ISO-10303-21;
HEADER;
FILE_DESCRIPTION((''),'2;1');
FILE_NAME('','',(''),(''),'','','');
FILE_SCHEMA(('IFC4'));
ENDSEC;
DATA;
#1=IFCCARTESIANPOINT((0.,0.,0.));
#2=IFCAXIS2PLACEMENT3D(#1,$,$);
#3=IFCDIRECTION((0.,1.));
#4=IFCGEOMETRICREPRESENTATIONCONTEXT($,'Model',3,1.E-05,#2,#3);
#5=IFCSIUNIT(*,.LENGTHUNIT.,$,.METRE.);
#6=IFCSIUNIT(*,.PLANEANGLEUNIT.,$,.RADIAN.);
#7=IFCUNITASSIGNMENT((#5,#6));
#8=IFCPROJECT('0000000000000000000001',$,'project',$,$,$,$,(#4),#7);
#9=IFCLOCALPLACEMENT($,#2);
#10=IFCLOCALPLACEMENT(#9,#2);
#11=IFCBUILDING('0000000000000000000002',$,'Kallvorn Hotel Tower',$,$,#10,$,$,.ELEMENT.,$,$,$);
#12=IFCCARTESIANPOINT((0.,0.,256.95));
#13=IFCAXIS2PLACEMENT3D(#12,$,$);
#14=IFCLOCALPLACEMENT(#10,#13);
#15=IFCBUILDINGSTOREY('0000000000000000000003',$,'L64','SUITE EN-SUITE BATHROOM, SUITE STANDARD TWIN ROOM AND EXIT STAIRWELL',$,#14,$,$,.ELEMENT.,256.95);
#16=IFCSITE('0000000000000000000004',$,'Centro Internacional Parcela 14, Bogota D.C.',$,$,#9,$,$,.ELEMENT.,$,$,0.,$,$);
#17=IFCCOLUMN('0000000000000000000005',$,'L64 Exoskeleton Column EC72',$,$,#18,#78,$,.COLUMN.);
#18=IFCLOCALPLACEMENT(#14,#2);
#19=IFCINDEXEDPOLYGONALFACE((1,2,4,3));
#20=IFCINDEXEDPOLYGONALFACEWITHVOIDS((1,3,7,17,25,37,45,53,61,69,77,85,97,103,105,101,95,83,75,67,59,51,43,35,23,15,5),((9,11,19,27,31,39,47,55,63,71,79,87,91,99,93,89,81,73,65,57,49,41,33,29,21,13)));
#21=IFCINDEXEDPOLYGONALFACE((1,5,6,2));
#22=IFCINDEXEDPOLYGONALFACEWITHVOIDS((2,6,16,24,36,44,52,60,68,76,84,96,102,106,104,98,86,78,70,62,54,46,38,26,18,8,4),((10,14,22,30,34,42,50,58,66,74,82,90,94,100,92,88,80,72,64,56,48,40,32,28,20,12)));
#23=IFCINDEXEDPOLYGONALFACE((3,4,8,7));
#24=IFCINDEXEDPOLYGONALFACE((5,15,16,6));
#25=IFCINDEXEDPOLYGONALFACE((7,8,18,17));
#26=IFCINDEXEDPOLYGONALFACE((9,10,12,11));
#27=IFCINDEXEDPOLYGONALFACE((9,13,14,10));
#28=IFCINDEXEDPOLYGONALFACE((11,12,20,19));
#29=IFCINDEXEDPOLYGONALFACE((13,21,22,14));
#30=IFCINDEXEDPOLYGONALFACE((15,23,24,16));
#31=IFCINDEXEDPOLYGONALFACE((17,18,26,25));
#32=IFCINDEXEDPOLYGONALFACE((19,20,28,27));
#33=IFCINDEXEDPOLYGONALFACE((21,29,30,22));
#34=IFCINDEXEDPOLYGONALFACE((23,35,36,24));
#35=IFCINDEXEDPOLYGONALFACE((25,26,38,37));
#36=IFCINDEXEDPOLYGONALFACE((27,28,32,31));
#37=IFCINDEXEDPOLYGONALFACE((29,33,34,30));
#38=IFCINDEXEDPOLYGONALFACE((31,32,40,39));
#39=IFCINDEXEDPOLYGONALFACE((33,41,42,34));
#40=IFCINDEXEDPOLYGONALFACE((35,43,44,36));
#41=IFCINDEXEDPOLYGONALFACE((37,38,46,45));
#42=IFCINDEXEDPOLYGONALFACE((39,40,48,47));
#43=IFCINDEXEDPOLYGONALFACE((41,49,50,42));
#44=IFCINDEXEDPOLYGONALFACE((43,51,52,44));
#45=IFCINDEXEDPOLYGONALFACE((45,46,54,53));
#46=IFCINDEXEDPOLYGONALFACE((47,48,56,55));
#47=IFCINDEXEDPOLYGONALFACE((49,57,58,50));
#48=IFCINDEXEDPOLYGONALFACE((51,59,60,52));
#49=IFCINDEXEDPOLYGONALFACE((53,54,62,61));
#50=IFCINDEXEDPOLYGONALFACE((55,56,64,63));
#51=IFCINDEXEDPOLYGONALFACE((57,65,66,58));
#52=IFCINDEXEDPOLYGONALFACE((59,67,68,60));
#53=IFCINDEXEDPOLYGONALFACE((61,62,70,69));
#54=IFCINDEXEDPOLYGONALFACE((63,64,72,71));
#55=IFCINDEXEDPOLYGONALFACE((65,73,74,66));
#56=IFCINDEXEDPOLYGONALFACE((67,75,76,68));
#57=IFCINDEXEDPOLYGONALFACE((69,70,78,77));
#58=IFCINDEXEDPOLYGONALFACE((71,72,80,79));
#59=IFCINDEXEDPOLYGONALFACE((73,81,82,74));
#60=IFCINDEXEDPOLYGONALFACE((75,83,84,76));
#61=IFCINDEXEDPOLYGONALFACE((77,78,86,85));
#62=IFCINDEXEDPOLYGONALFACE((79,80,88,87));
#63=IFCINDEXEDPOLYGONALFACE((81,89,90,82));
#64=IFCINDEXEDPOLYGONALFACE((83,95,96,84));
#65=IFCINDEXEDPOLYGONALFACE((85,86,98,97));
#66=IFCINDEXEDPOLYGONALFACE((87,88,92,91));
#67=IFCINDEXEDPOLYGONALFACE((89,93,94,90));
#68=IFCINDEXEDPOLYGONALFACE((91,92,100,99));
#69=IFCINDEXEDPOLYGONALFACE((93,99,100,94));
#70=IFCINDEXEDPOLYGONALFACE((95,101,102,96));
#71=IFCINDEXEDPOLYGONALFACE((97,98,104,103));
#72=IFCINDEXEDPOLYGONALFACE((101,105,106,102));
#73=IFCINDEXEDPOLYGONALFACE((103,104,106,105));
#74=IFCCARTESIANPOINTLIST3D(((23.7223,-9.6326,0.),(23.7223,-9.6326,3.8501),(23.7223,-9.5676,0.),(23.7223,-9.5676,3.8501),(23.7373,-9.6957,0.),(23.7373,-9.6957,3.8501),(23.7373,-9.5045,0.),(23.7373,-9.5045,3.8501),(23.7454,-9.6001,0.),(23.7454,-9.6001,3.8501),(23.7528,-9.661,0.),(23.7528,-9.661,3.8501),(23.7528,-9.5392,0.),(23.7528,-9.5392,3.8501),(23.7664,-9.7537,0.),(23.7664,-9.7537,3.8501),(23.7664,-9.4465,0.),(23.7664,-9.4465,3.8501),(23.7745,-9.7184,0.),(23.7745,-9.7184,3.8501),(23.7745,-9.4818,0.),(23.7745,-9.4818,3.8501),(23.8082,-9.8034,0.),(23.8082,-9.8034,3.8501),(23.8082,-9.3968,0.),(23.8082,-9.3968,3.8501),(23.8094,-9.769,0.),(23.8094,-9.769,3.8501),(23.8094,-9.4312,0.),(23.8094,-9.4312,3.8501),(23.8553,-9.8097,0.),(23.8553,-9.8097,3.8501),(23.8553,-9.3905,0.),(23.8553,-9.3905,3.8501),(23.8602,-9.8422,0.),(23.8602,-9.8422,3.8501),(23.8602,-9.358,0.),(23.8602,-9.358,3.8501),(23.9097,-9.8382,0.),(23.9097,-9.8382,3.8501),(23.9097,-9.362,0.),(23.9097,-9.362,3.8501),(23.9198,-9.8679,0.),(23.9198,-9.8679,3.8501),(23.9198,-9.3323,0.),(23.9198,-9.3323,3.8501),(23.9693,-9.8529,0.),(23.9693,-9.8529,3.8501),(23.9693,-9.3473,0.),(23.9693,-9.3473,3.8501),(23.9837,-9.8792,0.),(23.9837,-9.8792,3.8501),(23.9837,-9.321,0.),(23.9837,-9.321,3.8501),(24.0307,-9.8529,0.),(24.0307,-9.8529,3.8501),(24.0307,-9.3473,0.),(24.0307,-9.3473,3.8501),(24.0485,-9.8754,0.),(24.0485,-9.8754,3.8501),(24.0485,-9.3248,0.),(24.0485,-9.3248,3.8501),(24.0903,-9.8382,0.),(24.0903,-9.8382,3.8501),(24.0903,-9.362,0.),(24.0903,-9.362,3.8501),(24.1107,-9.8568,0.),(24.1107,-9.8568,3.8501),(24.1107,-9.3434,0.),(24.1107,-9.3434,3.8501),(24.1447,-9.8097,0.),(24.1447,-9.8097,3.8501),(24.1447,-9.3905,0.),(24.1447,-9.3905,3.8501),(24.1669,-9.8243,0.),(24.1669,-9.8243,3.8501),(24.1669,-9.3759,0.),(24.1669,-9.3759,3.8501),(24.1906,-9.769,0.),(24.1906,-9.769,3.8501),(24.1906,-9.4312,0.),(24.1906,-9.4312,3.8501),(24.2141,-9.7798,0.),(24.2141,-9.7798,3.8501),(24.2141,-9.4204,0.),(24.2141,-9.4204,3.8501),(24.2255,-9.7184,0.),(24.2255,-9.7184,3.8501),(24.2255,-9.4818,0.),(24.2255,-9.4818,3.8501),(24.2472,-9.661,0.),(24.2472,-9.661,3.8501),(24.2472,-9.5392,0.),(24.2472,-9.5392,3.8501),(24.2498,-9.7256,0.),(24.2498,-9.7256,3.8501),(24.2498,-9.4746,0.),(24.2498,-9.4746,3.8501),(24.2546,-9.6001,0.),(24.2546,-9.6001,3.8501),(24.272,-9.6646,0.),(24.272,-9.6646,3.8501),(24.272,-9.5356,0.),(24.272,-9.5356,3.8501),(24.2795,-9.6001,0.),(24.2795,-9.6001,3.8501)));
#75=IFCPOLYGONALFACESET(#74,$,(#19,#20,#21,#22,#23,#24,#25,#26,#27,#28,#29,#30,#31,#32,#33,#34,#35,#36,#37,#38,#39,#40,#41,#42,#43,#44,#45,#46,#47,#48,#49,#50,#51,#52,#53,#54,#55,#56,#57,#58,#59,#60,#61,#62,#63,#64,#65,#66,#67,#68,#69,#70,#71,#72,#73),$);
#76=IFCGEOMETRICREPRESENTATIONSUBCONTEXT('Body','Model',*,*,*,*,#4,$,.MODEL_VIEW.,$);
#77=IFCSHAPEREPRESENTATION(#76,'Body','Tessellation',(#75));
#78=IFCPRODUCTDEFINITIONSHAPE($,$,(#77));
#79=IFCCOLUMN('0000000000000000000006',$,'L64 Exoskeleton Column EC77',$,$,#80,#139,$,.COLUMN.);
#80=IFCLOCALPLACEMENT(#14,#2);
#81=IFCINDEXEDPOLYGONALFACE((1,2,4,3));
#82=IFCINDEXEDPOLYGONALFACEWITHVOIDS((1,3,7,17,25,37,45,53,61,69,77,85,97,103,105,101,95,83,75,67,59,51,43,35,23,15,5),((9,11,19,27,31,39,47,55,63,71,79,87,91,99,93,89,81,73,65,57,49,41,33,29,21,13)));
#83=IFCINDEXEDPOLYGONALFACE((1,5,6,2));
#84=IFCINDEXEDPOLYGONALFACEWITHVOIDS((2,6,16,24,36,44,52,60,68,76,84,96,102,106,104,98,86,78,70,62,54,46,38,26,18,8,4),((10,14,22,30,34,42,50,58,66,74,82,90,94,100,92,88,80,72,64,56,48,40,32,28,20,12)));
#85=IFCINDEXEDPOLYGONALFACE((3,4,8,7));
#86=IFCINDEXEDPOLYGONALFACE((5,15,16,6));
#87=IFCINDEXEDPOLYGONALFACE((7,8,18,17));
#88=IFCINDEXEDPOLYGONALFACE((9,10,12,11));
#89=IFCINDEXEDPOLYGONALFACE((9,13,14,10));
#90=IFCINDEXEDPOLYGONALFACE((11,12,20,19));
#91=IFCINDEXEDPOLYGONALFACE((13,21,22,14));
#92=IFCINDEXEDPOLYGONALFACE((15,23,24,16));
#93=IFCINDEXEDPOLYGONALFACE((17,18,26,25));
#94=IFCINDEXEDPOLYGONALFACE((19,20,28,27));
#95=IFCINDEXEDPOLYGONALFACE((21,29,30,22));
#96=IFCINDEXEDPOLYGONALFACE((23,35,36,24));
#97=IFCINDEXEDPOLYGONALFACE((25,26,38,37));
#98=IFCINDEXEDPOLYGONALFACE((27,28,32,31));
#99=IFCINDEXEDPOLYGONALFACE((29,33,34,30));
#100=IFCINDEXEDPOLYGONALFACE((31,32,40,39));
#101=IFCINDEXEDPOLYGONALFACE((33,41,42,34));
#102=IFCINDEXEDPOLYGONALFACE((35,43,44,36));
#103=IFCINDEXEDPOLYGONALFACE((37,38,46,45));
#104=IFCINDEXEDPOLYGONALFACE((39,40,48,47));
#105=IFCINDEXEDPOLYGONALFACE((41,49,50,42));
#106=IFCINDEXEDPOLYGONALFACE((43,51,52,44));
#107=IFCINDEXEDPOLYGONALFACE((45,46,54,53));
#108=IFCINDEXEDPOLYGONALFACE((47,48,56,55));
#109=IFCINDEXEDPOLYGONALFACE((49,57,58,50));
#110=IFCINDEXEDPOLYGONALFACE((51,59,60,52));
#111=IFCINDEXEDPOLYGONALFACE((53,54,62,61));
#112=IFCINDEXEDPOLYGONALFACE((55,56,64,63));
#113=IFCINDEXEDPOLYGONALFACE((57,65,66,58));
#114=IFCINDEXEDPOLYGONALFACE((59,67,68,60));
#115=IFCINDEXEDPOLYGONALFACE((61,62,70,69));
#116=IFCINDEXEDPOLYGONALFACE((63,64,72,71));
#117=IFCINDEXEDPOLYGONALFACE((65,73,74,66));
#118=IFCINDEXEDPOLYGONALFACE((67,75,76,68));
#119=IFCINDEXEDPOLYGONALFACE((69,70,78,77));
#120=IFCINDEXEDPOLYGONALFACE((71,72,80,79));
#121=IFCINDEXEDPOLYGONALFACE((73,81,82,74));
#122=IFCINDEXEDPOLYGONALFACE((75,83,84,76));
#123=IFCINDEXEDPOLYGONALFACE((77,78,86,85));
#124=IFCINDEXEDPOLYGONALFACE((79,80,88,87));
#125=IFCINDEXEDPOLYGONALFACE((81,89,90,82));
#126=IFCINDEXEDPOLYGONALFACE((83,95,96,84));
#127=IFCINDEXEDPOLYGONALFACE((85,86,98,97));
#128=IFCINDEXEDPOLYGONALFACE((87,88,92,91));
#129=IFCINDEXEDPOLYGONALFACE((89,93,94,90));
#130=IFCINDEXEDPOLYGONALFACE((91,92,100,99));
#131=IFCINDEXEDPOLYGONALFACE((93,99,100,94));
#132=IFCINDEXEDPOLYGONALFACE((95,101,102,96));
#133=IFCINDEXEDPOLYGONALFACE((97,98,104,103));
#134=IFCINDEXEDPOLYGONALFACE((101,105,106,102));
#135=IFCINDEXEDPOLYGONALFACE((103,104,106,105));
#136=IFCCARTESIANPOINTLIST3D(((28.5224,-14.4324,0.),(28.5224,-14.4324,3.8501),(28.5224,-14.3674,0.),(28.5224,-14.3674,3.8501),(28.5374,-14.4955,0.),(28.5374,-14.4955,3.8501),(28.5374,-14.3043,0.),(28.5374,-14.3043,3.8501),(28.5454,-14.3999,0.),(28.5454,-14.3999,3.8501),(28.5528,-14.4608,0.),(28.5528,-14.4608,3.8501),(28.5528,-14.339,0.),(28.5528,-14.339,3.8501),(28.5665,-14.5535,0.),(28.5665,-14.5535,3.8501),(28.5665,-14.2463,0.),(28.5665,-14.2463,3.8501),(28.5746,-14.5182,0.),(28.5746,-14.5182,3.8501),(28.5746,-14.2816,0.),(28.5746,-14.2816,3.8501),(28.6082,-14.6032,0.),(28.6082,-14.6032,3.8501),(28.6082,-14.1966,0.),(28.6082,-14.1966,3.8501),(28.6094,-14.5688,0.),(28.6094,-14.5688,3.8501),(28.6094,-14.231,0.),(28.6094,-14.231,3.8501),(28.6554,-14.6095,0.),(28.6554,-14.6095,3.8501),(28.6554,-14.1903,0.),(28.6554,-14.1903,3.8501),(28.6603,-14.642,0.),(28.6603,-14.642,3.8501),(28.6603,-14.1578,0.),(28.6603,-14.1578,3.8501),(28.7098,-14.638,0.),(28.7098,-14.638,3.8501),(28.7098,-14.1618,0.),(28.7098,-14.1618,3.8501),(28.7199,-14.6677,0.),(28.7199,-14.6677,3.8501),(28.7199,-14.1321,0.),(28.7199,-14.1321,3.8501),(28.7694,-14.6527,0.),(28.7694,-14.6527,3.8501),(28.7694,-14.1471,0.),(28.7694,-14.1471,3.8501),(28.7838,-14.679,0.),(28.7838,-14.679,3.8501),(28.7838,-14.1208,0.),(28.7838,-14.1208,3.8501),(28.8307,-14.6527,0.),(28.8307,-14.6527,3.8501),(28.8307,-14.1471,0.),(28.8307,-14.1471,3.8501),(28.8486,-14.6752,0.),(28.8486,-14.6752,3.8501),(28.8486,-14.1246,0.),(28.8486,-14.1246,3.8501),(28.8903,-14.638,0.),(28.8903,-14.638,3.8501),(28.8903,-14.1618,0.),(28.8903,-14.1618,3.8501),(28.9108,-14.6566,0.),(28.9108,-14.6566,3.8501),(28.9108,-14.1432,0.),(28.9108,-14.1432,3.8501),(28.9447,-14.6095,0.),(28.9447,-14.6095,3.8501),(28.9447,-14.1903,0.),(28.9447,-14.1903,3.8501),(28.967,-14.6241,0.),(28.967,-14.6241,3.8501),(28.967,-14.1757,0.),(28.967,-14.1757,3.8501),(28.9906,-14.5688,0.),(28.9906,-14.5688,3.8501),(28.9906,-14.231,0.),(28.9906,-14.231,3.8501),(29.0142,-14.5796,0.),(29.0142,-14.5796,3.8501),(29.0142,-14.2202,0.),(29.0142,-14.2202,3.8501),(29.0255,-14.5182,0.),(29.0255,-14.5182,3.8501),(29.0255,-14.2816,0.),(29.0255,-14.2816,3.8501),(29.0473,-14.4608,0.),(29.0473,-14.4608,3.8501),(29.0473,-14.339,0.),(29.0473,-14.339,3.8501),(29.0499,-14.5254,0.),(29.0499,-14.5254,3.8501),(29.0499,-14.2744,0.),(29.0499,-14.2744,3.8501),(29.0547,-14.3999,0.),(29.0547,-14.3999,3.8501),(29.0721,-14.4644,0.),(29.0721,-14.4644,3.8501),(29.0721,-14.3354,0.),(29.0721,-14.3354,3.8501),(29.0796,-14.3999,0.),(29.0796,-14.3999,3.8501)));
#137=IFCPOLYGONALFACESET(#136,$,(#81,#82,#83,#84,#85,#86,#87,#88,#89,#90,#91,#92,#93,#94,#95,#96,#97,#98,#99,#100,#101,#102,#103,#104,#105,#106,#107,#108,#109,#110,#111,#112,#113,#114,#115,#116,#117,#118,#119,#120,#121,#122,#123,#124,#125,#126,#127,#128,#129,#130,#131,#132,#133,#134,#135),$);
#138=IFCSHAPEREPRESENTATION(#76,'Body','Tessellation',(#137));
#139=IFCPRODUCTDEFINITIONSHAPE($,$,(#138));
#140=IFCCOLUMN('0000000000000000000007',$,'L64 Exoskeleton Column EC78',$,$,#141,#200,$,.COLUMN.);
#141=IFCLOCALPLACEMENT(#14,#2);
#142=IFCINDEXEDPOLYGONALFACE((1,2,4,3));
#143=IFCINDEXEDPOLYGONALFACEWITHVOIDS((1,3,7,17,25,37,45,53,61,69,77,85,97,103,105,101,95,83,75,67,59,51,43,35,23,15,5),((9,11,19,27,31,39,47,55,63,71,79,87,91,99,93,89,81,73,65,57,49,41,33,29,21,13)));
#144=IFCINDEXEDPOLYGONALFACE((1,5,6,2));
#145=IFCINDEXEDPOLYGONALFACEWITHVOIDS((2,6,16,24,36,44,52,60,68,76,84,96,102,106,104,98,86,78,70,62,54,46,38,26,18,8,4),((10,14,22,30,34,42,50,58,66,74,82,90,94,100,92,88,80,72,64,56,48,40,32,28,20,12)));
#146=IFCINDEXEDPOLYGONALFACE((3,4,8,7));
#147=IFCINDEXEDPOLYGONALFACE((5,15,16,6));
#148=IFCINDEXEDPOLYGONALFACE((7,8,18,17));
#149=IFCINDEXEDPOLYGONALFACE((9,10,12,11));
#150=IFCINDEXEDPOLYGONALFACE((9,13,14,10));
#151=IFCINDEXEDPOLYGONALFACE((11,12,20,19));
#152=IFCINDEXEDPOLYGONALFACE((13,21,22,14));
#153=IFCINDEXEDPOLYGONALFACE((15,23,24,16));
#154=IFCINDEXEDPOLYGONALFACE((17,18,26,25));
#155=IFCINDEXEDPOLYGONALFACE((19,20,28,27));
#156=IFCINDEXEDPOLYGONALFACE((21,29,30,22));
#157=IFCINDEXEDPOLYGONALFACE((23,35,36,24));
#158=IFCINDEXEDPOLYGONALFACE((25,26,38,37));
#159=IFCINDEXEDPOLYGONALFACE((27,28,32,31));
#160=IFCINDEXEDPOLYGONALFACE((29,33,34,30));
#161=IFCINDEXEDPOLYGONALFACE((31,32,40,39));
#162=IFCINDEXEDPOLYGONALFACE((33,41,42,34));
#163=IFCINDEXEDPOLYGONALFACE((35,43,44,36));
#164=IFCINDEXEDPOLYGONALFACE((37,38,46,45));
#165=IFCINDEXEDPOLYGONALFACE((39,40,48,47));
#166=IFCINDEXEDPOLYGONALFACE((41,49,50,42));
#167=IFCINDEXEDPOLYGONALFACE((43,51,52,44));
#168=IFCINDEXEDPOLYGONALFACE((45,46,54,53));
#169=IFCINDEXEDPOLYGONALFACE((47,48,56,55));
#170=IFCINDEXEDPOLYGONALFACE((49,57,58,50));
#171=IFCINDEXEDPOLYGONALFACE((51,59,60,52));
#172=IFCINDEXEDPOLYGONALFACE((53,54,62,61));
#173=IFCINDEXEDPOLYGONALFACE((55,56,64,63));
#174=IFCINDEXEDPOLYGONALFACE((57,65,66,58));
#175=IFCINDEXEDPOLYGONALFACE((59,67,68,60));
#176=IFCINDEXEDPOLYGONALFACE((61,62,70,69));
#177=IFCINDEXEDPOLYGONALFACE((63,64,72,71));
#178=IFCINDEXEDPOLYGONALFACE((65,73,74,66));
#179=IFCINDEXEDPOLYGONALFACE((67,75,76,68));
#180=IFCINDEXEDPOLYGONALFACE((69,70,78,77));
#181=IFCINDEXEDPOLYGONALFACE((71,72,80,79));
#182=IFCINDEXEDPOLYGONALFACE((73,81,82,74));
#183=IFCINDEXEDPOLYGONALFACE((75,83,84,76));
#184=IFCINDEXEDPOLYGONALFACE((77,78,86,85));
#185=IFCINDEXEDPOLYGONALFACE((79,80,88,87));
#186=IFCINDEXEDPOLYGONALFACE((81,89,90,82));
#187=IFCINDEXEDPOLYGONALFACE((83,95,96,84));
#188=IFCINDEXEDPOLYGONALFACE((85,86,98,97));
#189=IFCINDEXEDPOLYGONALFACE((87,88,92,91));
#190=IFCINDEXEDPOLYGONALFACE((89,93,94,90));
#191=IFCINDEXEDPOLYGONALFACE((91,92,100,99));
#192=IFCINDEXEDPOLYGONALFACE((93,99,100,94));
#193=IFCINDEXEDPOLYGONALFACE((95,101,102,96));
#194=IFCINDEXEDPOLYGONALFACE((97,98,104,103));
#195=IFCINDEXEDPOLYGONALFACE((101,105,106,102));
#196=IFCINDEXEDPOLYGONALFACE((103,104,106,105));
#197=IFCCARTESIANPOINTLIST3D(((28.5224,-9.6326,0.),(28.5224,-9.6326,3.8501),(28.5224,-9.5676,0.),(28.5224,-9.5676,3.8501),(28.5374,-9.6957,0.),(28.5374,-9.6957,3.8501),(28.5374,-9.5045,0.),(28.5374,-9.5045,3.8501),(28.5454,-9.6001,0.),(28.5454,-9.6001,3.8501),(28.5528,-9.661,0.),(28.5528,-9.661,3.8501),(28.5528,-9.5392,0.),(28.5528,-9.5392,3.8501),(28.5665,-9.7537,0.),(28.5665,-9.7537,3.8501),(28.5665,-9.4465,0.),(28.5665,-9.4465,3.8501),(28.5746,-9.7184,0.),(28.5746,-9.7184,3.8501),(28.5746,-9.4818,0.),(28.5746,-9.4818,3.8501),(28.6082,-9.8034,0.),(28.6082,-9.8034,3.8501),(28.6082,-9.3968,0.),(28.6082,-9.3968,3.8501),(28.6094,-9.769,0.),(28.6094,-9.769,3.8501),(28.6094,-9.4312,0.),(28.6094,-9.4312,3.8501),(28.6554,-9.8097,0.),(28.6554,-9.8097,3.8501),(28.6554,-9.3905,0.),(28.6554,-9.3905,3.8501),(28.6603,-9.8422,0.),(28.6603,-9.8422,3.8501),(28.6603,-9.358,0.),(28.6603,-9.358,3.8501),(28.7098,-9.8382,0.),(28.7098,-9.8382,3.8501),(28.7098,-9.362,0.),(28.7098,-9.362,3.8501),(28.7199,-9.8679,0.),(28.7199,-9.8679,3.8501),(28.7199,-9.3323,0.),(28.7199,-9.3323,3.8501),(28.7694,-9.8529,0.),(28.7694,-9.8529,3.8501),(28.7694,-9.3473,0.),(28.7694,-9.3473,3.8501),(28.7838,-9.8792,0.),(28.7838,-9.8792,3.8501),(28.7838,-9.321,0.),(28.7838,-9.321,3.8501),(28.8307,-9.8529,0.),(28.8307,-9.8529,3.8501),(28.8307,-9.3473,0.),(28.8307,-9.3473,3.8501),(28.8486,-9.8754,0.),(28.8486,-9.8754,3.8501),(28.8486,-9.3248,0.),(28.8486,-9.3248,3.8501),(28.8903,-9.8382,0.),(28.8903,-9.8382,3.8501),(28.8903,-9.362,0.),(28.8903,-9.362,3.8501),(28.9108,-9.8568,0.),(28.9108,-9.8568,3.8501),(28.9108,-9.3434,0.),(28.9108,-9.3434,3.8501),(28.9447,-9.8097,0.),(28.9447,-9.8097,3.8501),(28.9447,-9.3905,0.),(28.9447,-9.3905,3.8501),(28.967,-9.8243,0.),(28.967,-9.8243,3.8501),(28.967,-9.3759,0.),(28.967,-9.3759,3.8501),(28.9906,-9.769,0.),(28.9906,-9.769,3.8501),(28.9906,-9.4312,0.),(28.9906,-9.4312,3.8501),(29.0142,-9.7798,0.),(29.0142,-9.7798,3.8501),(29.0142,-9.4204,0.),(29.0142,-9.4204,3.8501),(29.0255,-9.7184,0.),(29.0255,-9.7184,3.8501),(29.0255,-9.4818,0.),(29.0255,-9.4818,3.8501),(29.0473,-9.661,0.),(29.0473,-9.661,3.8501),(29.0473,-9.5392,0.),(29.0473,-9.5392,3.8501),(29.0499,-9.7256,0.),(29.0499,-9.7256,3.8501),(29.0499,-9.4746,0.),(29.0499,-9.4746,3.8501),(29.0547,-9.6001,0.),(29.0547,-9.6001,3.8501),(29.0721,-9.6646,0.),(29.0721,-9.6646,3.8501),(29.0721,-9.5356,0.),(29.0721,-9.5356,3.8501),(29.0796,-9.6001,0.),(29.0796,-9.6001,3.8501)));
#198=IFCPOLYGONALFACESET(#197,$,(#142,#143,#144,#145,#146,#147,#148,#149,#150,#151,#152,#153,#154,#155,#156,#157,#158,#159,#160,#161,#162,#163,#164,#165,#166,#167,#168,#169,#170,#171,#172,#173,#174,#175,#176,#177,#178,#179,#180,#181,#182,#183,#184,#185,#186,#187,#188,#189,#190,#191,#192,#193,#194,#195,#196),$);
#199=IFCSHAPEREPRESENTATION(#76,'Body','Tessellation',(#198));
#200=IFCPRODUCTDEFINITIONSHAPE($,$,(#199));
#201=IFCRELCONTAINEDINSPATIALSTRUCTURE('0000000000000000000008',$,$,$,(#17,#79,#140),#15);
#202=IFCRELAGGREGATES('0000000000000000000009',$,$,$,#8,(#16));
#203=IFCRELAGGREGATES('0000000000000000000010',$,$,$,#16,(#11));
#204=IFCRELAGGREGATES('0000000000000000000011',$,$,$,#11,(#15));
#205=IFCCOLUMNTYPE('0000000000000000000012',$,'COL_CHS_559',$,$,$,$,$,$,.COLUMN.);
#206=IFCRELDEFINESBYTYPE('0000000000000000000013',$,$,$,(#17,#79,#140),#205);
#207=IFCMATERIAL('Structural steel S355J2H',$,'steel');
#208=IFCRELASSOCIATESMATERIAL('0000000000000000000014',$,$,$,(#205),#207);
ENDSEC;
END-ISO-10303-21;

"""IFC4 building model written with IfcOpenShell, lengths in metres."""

from ifc_helpers import new_model, si_unit, direction, frame, origin, origin_2d, place, context, subcontext, project, spatial, hollow_circle, extrude, material, material_profile, profile_set, type_object, element, save


model = new_model("IFC4")

# Units and contexts
model_context = context("Model", 3, precision=1e-05, world=origin(), true_north=direction((0.0, 1.0)))
body_context = subcontext(model_context, "Body", "Model", "MODEL_VIEW")
ifc_project = project(units=[si_unit("LENGTHUNIT", "METRE"), si_unit("PLANEANGLEUNIT", "RADIAN")], contexts=[model_context])

# Site, building, storey
site_placement = place(None, origin())
site = spatial("IfcSite", under=ifc_project, at=site_placement, Name="Centro Internacional Parcela 14, Bogota D.C.", CompositionType="ELEMENT", RefElevation=0.0)
building_placement = place(site_placement, origin())
building = spatial("IfcBuilding", under=site, at=building_placement, Name="Kallvorn Hotel Tower", CompositionType="ELEMENT")
storey_placement = place(building_placement, frame((0.0, 0.0, 256.95)))
storey = spatial("IfcBuildingStorey", under=building, at=storey_placement, Name="L64", Description="SUITE EN-SUITE BATHROOM, SUITE STANDARD TWIN ROOM AND EXIT STAIRWELL", CompositionType="ELEMENT", Elevation=256.95)

# Columns
ifc_material_1 = material(Name="Structural steel S355J2H", Category="steel")
ifc_material_profile_1 = material_profile(ifc_material_1, hollow_circle(Radius=0.2795, WallThickness=0.0249, at=origin_2d()), Name="CHS 559x25")
ifc_profile_set_1 = profile_set([ifc_material_profile_1], Name="Structural steel S355J2H")
column_type_1 = type_object("IfcColumnType", Name="COL_CHS_559", PredefinedType="COLUMN", material=ifc_profile_set_1)
for number, where, z_axis, x_axis, name in (
    (1, (24.0, -9.6001, 0.0), (0.0, 0.0, 1.0), (1.0, 0.0, 0.0), "L64 Exoskeleton Column EC72"),
    (2, (28.8, -14.3999, 0.0), (0.0, 0.0, 1.0), (1.0, 0.0, 0.0), "L64 Exoskeleton Column EC77"),
    (3, (28.8, -9.6001, 0.0), (0.0, 0.0, 1.0), (1.0, 0.0, 0.0), "L64 Exoskeleton Column EC78"),
):
    element("IfcColumn", number, at=place(storey_placement, frame(where, z_axis=z_axis, x_axis=x_axis)), inside=storey, type_object=column_type_1, Name=name, PredefinedType="COLUMN", context=body_context, shape_type="SweptSolid", body=[
        extrude(hollow_circle(Radius=0.2795, WallThickness=0.0249, at=origin_2d()), origin(), (0.0, 0.0, 1.0), 3.8501),
    ])

save(model, "model.ifc")
